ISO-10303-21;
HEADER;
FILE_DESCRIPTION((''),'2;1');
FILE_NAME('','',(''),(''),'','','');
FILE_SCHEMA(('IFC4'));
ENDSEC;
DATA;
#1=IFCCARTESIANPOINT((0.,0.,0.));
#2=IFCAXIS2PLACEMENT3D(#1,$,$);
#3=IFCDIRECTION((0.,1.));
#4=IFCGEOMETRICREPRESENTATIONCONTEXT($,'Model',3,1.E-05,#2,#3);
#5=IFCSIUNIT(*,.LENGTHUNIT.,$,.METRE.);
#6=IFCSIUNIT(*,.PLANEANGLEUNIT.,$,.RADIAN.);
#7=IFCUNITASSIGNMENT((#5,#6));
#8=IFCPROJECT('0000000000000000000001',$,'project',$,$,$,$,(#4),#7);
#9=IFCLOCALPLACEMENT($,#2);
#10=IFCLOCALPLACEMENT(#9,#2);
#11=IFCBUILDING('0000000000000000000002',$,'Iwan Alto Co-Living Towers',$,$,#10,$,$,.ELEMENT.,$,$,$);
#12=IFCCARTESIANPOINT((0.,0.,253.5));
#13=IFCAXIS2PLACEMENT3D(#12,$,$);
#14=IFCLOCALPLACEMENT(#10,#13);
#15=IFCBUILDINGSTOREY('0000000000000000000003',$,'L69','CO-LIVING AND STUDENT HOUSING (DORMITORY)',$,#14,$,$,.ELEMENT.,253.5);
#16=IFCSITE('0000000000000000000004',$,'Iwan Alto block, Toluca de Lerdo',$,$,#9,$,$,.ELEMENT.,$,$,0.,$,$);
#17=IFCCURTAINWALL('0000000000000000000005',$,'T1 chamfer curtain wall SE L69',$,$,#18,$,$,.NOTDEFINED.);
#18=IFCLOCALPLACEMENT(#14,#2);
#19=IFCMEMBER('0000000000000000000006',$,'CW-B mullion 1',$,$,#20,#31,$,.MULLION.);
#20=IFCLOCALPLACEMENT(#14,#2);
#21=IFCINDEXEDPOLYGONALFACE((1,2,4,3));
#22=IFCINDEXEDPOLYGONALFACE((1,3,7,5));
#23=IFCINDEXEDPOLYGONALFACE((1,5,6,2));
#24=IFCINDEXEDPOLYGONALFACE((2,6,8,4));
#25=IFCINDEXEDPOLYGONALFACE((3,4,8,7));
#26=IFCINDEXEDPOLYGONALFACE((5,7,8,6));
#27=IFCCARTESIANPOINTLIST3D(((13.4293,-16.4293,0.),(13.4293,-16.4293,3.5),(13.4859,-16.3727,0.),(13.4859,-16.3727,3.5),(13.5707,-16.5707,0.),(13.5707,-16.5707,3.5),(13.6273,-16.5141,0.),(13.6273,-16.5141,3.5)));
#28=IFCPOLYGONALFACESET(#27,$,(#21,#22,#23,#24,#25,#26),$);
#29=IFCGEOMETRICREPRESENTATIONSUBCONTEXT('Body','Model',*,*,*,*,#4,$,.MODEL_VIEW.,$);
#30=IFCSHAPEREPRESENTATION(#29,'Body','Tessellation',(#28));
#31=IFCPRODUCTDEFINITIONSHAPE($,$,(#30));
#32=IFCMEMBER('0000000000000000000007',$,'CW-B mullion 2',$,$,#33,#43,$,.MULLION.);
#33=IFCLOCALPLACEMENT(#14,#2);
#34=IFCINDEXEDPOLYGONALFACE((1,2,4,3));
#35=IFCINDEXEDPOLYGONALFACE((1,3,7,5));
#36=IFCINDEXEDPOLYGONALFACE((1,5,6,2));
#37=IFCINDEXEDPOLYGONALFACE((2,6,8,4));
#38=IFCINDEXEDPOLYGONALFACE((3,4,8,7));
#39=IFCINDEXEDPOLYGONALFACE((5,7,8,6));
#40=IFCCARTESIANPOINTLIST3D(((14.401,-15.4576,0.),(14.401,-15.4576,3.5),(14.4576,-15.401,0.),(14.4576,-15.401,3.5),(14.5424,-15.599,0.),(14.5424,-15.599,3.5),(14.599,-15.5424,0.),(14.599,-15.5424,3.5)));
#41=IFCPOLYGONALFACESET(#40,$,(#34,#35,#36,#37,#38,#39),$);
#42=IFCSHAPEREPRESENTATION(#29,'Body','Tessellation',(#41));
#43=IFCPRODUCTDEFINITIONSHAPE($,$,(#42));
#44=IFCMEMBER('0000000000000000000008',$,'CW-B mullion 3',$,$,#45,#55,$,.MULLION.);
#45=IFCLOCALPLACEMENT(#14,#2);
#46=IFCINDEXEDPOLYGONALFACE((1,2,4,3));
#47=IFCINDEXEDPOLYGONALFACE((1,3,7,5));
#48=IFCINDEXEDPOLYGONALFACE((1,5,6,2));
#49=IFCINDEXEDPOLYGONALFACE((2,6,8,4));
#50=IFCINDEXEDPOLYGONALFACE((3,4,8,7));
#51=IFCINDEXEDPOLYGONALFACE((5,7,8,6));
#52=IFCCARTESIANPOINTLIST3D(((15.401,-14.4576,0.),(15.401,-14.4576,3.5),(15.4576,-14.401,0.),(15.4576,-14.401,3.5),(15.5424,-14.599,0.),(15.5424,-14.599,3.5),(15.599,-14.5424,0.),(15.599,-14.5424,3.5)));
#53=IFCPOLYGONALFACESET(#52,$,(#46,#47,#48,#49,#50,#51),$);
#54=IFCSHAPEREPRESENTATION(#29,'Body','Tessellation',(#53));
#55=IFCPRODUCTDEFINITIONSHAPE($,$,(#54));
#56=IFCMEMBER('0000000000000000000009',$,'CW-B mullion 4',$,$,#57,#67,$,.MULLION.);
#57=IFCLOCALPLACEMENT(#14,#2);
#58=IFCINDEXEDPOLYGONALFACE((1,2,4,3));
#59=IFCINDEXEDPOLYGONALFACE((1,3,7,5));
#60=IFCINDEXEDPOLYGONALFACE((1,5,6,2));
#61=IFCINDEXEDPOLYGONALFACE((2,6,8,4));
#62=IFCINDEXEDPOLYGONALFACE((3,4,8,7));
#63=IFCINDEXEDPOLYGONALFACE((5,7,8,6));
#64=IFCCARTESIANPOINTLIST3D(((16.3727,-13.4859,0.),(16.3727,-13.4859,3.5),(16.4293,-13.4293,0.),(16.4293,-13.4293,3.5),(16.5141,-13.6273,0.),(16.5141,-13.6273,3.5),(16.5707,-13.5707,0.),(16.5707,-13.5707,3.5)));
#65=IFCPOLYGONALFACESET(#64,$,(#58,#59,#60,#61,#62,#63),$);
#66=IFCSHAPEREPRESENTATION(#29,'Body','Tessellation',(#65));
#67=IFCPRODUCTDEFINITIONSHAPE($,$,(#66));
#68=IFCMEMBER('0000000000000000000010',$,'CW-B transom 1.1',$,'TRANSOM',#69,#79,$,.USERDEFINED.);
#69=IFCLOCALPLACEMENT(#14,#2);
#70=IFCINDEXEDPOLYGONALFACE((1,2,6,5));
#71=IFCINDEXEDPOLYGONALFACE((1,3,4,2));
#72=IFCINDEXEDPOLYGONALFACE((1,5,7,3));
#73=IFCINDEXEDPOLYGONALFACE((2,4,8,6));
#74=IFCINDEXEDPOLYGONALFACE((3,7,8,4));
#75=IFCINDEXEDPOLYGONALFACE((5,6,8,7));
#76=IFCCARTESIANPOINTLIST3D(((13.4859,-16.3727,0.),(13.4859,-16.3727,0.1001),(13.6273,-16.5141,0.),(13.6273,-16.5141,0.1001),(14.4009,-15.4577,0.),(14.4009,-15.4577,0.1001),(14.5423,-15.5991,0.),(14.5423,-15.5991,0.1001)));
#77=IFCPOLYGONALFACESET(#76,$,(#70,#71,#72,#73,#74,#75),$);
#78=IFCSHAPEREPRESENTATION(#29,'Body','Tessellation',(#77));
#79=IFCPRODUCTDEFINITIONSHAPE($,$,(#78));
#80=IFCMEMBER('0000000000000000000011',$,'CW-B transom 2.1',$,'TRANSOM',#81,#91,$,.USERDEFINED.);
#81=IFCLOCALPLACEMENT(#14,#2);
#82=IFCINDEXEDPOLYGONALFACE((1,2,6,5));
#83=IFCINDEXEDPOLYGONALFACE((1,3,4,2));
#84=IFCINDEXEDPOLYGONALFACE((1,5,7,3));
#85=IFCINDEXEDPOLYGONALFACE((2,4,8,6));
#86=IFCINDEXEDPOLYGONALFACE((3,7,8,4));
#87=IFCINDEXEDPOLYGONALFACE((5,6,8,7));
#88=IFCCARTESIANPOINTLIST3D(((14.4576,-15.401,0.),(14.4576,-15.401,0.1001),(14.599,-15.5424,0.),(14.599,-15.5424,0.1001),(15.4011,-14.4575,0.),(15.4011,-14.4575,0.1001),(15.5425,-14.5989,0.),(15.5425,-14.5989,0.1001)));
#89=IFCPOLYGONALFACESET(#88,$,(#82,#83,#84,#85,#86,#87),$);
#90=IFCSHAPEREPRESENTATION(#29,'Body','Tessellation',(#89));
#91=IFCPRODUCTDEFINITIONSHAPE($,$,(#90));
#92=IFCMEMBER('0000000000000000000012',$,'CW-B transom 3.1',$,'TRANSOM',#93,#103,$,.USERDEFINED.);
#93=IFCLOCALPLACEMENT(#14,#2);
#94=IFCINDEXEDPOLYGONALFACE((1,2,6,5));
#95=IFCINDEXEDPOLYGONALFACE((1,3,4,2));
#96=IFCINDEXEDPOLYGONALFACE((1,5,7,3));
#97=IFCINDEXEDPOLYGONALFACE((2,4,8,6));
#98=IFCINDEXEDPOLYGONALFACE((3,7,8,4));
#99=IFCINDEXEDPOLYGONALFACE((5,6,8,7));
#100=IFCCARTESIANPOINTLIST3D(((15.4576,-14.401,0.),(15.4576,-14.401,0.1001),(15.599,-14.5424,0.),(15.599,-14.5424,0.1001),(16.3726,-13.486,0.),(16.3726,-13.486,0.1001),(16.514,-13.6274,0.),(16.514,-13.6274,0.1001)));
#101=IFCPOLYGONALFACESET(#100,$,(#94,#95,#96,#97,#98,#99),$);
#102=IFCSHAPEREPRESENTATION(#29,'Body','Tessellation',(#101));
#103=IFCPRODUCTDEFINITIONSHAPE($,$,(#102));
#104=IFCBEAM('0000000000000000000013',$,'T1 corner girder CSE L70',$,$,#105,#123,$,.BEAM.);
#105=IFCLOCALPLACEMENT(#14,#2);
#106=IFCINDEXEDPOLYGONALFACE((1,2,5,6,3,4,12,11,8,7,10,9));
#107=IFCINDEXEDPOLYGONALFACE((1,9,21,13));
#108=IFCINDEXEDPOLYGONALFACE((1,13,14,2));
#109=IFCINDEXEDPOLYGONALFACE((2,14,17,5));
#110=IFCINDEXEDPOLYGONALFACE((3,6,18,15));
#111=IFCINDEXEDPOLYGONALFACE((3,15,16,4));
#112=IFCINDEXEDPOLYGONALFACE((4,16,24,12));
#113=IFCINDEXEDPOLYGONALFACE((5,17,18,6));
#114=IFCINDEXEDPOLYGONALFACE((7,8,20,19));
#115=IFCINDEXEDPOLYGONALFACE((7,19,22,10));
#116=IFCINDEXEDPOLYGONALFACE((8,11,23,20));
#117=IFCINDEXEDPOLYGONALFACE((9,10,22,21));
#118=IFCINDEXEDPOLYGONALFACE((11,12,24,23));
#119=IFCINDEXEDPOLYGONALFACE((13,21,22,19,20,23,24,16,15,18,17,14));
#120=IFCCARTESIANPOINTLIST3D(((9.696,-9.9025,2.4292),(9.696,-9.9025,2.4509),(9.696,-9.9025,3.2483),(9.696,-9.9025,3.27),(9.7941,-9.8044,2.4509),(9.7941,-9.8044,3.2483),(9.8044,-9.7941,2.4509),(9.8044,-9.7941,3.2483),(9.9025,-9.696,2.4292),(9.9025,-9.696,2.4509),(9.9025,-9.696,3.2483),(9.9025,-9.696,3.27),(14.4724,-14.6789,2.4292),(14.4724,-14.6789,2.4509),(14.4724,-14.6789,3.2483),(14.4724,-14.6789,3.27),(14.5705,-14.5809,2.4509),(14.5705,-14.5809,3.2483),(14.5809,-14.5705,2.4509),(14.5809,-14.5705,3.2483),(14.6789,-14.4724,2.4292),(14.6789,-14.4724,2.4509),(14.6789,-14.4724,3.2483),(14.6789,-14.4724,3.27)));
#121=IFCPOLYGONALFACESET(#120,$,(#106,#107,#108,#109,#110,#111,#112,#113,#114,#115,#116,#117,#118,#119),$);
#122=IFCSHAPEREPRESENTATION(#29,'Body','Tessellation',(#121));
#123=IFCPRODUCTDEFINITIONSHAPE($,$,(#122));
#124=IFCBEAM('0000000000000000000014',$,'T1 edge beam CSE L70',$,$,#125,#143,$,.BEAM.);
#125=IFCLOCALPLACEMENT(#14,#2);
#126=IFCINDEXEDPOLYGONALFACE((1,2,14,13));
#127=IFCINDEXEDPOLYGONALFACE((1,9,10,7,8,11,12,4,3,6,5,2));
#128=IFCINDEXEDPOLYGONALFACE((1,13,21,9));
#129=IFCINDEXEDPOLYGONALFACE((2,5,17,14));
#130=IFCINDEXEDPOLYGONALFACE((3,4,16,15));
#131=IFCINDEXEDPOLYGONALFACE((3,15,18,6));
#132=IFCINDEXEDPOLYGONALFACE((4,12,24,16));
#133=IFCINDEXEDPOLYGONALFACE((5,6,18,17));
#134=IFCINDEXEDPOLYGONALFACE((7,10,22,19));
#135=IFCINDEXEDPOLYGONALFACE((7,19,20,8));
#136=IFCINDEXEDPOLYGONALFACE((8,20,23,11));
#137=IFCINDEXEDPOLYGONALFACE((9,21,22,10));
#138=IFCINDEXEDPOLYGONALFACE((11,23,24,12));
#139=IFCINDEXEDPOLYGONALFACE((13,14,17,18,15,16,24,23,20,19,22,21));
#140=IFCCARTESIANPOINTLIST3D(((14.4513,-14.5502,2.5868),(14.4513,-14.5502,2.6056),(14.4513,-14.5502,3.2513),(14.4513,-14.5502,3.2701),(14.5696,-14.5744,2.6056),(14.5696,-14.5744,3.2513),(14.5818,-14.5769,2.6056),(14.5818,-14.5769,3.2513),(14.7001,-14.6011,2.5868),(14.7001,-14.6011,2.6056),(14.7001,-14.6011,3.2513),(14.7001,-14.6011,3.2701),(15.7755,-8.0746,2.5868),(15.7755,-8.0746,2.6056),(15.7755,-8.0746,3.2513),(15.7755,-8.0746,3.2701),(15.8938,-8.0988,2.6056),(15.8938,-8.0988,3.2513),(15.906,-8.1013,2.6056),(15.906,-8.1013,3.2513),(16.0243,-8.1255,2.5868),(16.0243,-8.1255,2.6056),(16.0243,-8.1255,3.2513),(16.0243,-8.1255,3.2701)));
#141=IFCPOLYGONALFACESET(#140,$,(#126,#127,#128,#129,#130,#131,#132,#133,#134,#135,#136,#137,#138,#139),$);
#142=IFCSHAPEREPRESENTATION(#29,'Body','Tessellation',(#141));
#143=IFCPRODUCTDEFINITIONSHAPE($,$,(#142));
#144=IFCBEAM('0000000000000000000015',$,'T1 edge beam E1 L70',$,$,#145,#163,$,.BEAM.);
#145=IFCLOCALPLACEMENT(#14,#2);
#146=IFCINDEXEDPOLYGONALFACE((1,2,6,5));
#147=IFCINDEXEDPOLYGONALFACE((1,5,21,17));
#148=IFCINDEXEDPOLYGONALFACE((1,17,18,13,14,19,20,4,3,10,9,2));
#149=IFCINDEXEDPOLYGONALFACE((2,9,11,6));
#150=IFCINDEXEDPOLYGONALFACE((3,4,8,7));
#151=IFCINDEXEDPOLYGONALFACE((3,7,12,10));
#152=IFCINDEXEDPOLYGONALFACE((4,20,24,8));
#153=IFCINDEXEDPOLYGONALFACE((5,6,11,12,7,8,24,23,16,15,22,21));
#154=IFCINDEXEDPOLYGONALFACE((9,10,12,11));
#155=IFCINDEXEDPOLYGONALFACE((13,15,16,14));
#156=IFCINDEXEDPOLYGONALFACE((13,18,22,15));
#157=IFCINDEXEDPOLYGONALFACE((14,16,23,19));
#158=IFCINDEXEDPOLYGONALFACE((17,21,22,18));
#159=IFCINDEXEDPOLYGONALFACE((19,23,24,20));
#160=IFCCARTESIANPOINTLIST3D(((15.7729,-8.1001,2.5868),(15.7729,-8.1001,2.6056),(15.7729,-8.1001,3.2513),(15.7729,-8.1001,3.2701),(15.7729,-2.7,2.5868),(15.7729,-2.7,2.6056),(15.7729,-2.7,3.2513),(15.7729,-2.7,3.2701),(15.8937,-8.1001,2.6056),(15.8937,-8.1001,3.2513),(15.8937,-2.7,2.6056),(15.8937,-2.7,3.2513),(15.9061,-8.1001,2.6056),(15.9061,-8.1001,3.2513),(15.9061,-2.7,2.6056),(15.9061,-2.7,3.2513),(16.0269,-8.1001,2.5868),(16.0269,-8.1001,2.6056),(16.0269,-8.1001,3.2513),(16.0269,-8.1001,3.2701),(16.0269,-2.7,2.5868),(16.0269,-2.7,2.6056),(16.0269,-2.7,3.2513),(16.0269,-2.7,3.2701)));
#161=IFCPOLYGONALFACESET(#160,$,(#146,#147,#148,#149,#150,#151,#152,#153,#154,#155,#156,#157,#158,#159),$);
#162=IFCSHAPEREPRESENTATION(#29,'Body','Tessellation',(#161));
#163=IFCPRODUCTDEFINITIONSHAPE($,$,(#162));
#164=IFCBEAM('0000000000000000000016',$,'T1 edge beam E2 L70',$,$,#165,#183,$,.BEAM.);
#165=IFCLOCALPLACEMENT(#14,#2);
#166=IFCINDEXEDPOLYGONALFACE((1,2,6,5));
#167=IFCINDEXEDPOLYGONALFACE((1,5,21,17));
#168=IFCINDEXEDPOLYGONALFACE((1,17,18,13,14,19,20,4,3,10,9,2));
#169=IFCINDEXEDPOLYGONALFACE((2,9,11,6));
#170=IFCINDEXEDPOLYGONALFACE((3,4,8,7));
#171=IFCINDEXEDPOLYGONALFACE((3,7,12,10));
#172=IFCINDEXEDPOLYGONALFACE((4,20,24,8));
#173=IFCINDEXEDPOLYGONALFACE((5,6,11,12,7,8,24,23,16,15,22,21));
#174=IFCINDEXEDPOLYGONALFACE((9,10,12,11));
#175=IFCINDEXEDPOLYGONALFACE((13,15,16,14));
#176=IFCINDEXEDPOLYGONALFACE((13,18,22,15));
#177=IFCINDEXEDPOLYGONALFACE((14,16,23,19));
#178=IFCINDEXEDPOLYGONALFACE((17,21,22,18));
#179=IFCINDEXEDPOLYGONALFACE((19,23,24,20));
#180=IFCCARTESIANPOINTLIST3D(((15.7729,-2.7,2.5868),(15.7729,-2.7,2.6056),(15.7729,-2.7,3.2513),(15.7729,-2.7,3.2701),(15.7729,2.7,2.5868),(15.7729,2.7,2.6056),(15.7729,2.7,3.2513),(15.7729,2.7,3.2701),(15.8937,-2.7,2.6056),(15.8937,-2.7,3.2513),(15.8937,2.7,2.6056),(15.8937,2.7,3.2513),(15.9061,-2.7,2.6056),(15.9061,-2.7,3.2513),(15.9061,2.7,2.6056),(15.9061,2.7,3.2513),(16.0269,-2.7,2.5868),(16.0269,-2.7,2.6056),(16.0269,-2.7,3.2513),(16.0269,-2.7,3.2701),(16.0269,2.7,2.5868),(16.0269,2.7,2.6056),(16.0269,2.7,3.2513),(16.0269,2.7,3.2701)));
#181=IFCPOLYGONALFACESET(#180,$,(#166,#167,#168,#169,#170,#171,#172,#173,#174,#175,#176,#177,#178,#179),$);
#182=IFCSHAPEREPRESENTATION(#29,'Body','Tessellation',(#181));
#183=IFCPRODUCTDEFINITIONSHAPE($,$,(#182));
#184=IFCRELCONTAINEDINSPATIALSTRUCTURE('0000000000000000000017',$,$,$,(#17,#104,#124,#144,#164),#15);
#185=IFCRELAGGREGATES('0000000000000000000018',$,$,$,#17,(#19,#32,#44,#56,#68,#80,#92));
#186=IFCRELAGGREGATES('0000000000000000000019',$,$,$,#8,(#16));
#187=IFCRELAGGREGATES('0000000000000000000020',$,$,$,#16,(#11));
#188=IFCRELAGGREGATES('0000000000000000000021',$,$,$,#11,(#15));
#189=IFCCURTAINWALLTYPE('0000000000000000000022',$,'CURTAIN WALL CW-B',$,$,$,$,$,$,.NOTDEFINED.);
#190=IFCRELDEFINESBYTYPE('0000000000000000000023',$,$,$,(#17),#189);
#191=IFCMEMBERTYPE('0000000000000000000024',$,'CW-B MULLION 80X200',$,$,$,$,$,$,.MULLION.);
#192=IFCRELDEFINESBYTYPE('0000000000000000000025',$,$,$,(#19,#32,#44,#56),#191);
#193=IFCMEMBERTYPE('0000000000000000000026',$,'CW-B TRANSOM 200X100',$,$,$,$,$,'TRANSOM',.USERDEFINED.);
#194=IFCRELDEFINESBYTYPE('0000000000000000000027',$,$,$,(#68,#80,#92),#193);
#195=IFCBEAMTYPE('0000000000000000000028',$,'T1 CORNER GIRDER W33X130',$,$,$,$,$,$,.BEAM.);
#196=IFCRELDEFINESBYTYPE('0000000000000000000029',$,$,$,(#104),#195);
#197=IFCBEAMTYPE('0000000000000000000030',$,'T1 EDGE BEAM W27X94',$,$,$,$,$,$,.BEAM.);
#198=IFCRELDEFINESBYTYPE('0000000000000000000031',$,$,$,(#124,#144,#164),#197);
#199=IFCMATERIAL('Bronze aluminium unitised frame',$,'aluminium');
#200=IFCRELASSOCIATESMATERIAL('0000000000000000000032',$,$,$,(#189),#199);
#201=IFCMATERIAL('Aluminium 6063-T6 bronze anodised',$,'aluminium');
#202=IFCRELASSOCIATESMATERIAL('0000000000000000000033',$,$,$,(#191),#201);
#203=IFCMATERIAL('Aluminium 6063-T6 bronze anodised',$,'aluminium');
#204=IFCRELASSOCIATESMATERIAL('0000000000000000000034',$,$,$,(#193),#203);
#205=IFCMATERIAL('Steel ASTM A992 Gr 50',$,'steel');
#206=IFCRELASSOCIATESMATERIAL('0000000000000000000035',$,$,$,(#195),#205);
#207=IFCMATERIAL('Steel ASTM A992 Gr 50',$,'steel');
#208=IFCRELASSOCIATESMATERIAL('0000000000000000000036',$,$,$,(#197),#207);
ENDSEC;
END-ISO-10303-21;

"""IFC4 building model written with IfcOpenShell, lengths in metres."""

from ifc_helpers import new_model, si_unit, direction, frame, origin, origin_2d, place, context, subcontext, project, spatial, rectangle, i_section, extrude, material, material_profile, profile_set, type_object, element, aggregate, save


model = new_model("IFC4")

# Units and contexts
model_context = context("Model", 3, precision=1e-05, world=origin(), true_north=direction((0.0, 1.0)))
body_context = subcontext(model_context, "Body", "Model", "MODEL_VIEW")
ifc_project = project(units=[si_unit("LENGTHUNIT", "METRE"), si_unit("PLANEANGLEUNIT", "RADIAN")], contexts=[model_context])

# Site, building, storey
site_placement = place(None, origin())
site = spatial("IfcSite", under=ifc_project, at=site_placement, Name="Iwan Alto block, Toluca de Lerdo", CompositionType="ELEMENT", RefElevation=0.0)
building_placement = place(site_placement, origin())
building = spatial("IfcBuilding", under=site, at=building_placement, Name="Iwan Alto Co-Living Towers", CompositionType="ELEMENT")
storey_placement = place(building_placement, frame((0.0, 0.0, 253.5)))
storey = spatial("IfcBuildingStorey", under=building, at=storey_placement, Name="L69", Description="CO-LIVING AND STUDENT HOUSING (DORMITORY)", CompositionType="ELEMENT", Elevation=253.5)

# Curtain wall, members
ifc_material_1 = material(Name="Bronze aluminium unitised frame", Category="aluminium")
curtain_wall_type_1 = type_object("IfcCurtainWallType", Name="CURTAIN WALL CW-B", PredefinedType="NOTDEFINED", material=ifc_material_1)
curtain_wall_1_placement = place(storey_placement, origin())
curtain_wall_1 = element("IfcCurtainWall", 1, at=curtain_wall_1_placement, inside=storey, type_object=curtain_wall_type_1, Name="T1 chamfer curtain wall SE L69", PredefinedType="NOTDEFINED")
ifc_material_2 = material(Name="Aluminium 6063-T6 bronze anodised", Category="aluminium")
ifc_material_profile_1 = material_profile(ifc_material_2, rectangle(XDim=0.2, YDim=0.0801, at=origin_2d()), Name="AL 80X200")
ifc_profile_set_1 = profile_set([ifc_material_profile_1], Name="Aluminium 6063-T6 bronze anodised")
member_type_1 = type_object("IfcMemberType", Name="CW-B MULLION 80X200", PredefinedType="MULLION", material=ifc_profile_set_1)
member_1_placement = place(storey_placement, frame((13.5283, -16.4717, 0.0), z_axis=(0.0, 0.0, 1.0), x_axis=(-0.707107, 0.707107, 0.0)))
member_1 = element("IfcMember", 2, at=member_1_placement, type_object=member_type_1, Name="CW-B mullion 1", PredefinedType="MULLION", context=body_context, shape_type="SweptSolid", body=[
    extrude(rectangle(XDim=0.2, YDim=0.0801, at=origin_2d()), origin(), (0.0, 0.0, 1.0), 3.5),
])
member_2_placement = place(storey_placement, frame((14.5, -15.5, 0.0), z_axis=(0.0, 0.0, 1.0), x_axis=(-0.707107, 0.707107, 0.0)))
member_2 = element("IfcMember", 3, at=member_2_placement, type_object=member_type_1, Name="CW-B mullion 2", PredefinedType="MULLION", context=body_context, shape_type="SweptSolid", body=[
    extrude(rectangle(XDim=0.2, YDim=0.0801, at=origin_2d()), origin(), (0.0, 0.0, 1.0), 3.5),
])
member_3_placement = place(storey_placement, frame((15.5, -14.5, 0.0), z_axis=(0.0, 0.0, 1.0), x_axis=(-0.707107, 0.707107, 0.0)))
member_3 = element("IfcMember", 4, at=member_3_placement, type_object=member_type_1, Name="CW-B mullion 3", PredefinedType="MULLION", context=body_context, shape_type="SweptSolid", body=[
    extrude(rectangle(XDim=0.2, YDim=0.0801, at=origin_2d()), origin(), (0.0, 0.0, 1.0), 3.5),
])
member_4_placement = place(storey_placement, frame((16.4717, -13.5283, 0.0), z_axis=(0.0, 0.0, 1.0), x_axis=(-0.707107, 0.707107, 0.0)))
member_4 = element("IfcMember", 5, at=member_4_placement, type_object=member_type_1, Name="CW-B mullion 4", PredefinedType="MULLION", context=body_context, shape_type="SweptSolid", body=[
    extrude(rectangle(XDim=0.2, YDim=0.0801, at=origin_2d()), origin(), (0.0, 0.0, 1.0), 3.5),
])
ifc_material_3 = material(Name="Aluminium 6063-T6 bronze anodised", Category="aluminium")
ifc_material_profile_2 = material_profile(ifc_material_3, rectangle(XDim=0.2, YDim=0.1001, at=origin_2d()), Name="AL 200X100")
ifc_profile_set_2 = profile_set([ifc_material_profile_2], Name="Aluminium 6063-T6 bronze anodised")
member_type_2 = type_object("IfcMemberType", Name="CW-B TRANSOM 200X100", ElementType="TRANSOM", PredefinedType="USERDEFINED", material=ifc_profile_set_2)
member_5_placement = place(storey_placement, frame((13.5566, -16.4434, 0.05), z_axis=(0.707107, 0.707107, 0.0), x_axis=(-0.707107, 0.707107, 0.0)))
member_5 = element("IfcMember", 6, at=member_5_placement, type_object=member_type_2, Name="CW-B transom 1.1", ObjectType="TRANSOM", PredefinedType="USERDEFINED", context=body_context, shape_type="SweptSolid", body=[
    extrude(rectangle(XDim=0.2, YDim=0.1001, at=origin_2d()), origin(), (0.0, 0.0, 1.0), 1.2939),
])
member_6_placement = place(storey_placement, frame((14.5283, -15.4717, 0.05), z_axis=(0.707107, 0.707107, 0.0), x_axis=(-0.707107, 0.707107, 0.0)))
member_6 = element("IfcMember", 7, at=member_6_placement, type_object=member_type_2, Name="CW-B transom 2.1", ObjectType="TRANSOM", PredefinedType="USERDEFINED", context=body_context, shape_type="SweptSolid", body=[
    extrude(rectangle(XDim=0.2, YDim=0.1001, at=origin_2d()), origin(), (0.0, 0.0, 1.0), 1.3342),
])
member_7_placement = place(storey_placement, frame((15.5283, -14.4717, 0.05), z_axis=(0.707107, 0.707107, 0.0), x_axis=(-0.707107, 0.707107, 0.0)))
member_7 = element("IfcMember", 8, at=member_7_placement, type_object=member_type_2, Name="CW-B transom 3.1", ObjectType="TRANSOM", PredefinedType="USERDEFINED", context=body_context, shape_type="SweptSolid", body=[
    extrude(rectangle(XDim=0.2, YDim=0.1001, at=origin_2d()), origin(), (0.0, 0.0, 1.0), 1.2939),
])

# Beams
ifc_material_4 = material(Name="Steel ASTM A992 Gr 50", Category="steel")
ifc_material_profile_3 = material_profile(ifc_material_4, i_section(OverallWidth=0.292, OverallDepth=0.8408, WebThickness=0.0146, FlangeThickness=0.0217, at=origin_2d()), Name="W33X130")
ifc_profile_set_3 = profile_set([ifc_material_profile_3], Name="Steel ASTM A992 Gr 50")
beam_type_1 = type_object("IfcBeamType", Name="T1 CORNER GIRDER W33X130", PredefinedType="BEAM", material=ifc_profile_set_3)
beam_1_placement = place(storey_placement, frame((14.5757, -14.5757, 2.8496), z_axis=(-0.707107, 0.707107, 0.0), x_axis=(-0.707107, -0.707107, 0.0)))
element("IfcBeam", 9, at=beam_1_placement, inside=storey, type_object=beam_type_1, Name="T1 corner girder CSE L70", PredefinedType="BEAM", context=body_context, shape_type="SweptSolid", body=[
    extrude(i_section(OverallWidth=0.292, OverallDepth=0.8408, WebThickness=0.0146, FlangeThickness=0.0217, at=origin_2d()), origin(), (0.0, 0.0, 1.0), 6.7549),
])
ifc_material_5 = material(Name="Steel ASTM A992 Gr 50", Category="steel")
ifc_material_profile_4 = material_profile(ifc_material_5, i_section(OverallWidth=0.2539, OverallDepth=0.6833, WebThickness=0.0125, FlangeThickness=0.0188, at=origin_2d()), Name="W27X94")
ifc_profile_set_4 = profile_set([ifc_material_profile_4], Name="Steel ASTM A992 Gr 50")
beam_type_2 = type_object("IfcBeamType", Name="T1 EDGE BEAM W27X94", PredefinedType="BEAM", material=ifc_profile_set_4)
beam_2_placement = place(storey_placement, frame((14.5757, -14.5757, 2.9285), z_axis=(0.200348, 0.979725, 0.0), x_axis=(-0.979725, 0.200348, 0.0)))
element("IfcBeam", 10, at=beam_2_placement, inside=storey, type_object=beam_type_2, Name="T1 edge beam CSE L70", PredefinedType="BEAM", context=body_context, shape_type="SweptSolid", body=[
    extrude(i_section(OverallWidth=0.2539, OverallDepth=0.6833, WebThickness=0.0125, FlangeThickness=0.0188, at=origin_2d()), origin(), (0.0, 0.0, 1.0), 6.6096),
])
beam_3_placement = place(storey_placement, frame((15.8999, -8.1001, 2.9285), z_axis=(0.0, 1.0, 0.0), x_axis=(-1.0, 0.0, 0.0)))
element("IfcBeam", 11, at=beam_3_placement, inside=storey, type_object=beam_type_2, Name="T1 edge beam E1 L70", PredefinedType="BEAM", context=body_context, shape_type="SweptSolid", body=[
    extrude(i_section(OverallWidth=0.2539, OverallDepth=0.6833, WebThickness=0.0125, FlangeThickness=0.0188, at=origin_2d()), origin(), (0.0, 0.0, 1.0), 5.4001),
])
beam_4_placement = place(storey_placement, frame((15.8999, -2.7, 2.9285), z_axis=(0.0, 1.0, 0.0), x_axis=(-1.0, 0.0, 0.0)))
element("IfcBeam", 12, at=beam_4_placement, inside=storey, type_object=beam_type_2, Name="T1 edge beam E2 L70", PredefinedType="BEAM", context=body_context, shape_type="SweptSolid", body=[
    extrude(i_section(OverallWidth=0.2539, OverallDepth=0.6833, WebThickness=0.0125, FlangeThickness=0.0188, at=origin_2d()), origin(), (0.0, 0.0, 1.0), 5.3999),
])

aggregate(curtain_wall_1, [member_1, member_2, member_3, member_4, member_5, member_6, member_7])

save(model, "model.ifc")
